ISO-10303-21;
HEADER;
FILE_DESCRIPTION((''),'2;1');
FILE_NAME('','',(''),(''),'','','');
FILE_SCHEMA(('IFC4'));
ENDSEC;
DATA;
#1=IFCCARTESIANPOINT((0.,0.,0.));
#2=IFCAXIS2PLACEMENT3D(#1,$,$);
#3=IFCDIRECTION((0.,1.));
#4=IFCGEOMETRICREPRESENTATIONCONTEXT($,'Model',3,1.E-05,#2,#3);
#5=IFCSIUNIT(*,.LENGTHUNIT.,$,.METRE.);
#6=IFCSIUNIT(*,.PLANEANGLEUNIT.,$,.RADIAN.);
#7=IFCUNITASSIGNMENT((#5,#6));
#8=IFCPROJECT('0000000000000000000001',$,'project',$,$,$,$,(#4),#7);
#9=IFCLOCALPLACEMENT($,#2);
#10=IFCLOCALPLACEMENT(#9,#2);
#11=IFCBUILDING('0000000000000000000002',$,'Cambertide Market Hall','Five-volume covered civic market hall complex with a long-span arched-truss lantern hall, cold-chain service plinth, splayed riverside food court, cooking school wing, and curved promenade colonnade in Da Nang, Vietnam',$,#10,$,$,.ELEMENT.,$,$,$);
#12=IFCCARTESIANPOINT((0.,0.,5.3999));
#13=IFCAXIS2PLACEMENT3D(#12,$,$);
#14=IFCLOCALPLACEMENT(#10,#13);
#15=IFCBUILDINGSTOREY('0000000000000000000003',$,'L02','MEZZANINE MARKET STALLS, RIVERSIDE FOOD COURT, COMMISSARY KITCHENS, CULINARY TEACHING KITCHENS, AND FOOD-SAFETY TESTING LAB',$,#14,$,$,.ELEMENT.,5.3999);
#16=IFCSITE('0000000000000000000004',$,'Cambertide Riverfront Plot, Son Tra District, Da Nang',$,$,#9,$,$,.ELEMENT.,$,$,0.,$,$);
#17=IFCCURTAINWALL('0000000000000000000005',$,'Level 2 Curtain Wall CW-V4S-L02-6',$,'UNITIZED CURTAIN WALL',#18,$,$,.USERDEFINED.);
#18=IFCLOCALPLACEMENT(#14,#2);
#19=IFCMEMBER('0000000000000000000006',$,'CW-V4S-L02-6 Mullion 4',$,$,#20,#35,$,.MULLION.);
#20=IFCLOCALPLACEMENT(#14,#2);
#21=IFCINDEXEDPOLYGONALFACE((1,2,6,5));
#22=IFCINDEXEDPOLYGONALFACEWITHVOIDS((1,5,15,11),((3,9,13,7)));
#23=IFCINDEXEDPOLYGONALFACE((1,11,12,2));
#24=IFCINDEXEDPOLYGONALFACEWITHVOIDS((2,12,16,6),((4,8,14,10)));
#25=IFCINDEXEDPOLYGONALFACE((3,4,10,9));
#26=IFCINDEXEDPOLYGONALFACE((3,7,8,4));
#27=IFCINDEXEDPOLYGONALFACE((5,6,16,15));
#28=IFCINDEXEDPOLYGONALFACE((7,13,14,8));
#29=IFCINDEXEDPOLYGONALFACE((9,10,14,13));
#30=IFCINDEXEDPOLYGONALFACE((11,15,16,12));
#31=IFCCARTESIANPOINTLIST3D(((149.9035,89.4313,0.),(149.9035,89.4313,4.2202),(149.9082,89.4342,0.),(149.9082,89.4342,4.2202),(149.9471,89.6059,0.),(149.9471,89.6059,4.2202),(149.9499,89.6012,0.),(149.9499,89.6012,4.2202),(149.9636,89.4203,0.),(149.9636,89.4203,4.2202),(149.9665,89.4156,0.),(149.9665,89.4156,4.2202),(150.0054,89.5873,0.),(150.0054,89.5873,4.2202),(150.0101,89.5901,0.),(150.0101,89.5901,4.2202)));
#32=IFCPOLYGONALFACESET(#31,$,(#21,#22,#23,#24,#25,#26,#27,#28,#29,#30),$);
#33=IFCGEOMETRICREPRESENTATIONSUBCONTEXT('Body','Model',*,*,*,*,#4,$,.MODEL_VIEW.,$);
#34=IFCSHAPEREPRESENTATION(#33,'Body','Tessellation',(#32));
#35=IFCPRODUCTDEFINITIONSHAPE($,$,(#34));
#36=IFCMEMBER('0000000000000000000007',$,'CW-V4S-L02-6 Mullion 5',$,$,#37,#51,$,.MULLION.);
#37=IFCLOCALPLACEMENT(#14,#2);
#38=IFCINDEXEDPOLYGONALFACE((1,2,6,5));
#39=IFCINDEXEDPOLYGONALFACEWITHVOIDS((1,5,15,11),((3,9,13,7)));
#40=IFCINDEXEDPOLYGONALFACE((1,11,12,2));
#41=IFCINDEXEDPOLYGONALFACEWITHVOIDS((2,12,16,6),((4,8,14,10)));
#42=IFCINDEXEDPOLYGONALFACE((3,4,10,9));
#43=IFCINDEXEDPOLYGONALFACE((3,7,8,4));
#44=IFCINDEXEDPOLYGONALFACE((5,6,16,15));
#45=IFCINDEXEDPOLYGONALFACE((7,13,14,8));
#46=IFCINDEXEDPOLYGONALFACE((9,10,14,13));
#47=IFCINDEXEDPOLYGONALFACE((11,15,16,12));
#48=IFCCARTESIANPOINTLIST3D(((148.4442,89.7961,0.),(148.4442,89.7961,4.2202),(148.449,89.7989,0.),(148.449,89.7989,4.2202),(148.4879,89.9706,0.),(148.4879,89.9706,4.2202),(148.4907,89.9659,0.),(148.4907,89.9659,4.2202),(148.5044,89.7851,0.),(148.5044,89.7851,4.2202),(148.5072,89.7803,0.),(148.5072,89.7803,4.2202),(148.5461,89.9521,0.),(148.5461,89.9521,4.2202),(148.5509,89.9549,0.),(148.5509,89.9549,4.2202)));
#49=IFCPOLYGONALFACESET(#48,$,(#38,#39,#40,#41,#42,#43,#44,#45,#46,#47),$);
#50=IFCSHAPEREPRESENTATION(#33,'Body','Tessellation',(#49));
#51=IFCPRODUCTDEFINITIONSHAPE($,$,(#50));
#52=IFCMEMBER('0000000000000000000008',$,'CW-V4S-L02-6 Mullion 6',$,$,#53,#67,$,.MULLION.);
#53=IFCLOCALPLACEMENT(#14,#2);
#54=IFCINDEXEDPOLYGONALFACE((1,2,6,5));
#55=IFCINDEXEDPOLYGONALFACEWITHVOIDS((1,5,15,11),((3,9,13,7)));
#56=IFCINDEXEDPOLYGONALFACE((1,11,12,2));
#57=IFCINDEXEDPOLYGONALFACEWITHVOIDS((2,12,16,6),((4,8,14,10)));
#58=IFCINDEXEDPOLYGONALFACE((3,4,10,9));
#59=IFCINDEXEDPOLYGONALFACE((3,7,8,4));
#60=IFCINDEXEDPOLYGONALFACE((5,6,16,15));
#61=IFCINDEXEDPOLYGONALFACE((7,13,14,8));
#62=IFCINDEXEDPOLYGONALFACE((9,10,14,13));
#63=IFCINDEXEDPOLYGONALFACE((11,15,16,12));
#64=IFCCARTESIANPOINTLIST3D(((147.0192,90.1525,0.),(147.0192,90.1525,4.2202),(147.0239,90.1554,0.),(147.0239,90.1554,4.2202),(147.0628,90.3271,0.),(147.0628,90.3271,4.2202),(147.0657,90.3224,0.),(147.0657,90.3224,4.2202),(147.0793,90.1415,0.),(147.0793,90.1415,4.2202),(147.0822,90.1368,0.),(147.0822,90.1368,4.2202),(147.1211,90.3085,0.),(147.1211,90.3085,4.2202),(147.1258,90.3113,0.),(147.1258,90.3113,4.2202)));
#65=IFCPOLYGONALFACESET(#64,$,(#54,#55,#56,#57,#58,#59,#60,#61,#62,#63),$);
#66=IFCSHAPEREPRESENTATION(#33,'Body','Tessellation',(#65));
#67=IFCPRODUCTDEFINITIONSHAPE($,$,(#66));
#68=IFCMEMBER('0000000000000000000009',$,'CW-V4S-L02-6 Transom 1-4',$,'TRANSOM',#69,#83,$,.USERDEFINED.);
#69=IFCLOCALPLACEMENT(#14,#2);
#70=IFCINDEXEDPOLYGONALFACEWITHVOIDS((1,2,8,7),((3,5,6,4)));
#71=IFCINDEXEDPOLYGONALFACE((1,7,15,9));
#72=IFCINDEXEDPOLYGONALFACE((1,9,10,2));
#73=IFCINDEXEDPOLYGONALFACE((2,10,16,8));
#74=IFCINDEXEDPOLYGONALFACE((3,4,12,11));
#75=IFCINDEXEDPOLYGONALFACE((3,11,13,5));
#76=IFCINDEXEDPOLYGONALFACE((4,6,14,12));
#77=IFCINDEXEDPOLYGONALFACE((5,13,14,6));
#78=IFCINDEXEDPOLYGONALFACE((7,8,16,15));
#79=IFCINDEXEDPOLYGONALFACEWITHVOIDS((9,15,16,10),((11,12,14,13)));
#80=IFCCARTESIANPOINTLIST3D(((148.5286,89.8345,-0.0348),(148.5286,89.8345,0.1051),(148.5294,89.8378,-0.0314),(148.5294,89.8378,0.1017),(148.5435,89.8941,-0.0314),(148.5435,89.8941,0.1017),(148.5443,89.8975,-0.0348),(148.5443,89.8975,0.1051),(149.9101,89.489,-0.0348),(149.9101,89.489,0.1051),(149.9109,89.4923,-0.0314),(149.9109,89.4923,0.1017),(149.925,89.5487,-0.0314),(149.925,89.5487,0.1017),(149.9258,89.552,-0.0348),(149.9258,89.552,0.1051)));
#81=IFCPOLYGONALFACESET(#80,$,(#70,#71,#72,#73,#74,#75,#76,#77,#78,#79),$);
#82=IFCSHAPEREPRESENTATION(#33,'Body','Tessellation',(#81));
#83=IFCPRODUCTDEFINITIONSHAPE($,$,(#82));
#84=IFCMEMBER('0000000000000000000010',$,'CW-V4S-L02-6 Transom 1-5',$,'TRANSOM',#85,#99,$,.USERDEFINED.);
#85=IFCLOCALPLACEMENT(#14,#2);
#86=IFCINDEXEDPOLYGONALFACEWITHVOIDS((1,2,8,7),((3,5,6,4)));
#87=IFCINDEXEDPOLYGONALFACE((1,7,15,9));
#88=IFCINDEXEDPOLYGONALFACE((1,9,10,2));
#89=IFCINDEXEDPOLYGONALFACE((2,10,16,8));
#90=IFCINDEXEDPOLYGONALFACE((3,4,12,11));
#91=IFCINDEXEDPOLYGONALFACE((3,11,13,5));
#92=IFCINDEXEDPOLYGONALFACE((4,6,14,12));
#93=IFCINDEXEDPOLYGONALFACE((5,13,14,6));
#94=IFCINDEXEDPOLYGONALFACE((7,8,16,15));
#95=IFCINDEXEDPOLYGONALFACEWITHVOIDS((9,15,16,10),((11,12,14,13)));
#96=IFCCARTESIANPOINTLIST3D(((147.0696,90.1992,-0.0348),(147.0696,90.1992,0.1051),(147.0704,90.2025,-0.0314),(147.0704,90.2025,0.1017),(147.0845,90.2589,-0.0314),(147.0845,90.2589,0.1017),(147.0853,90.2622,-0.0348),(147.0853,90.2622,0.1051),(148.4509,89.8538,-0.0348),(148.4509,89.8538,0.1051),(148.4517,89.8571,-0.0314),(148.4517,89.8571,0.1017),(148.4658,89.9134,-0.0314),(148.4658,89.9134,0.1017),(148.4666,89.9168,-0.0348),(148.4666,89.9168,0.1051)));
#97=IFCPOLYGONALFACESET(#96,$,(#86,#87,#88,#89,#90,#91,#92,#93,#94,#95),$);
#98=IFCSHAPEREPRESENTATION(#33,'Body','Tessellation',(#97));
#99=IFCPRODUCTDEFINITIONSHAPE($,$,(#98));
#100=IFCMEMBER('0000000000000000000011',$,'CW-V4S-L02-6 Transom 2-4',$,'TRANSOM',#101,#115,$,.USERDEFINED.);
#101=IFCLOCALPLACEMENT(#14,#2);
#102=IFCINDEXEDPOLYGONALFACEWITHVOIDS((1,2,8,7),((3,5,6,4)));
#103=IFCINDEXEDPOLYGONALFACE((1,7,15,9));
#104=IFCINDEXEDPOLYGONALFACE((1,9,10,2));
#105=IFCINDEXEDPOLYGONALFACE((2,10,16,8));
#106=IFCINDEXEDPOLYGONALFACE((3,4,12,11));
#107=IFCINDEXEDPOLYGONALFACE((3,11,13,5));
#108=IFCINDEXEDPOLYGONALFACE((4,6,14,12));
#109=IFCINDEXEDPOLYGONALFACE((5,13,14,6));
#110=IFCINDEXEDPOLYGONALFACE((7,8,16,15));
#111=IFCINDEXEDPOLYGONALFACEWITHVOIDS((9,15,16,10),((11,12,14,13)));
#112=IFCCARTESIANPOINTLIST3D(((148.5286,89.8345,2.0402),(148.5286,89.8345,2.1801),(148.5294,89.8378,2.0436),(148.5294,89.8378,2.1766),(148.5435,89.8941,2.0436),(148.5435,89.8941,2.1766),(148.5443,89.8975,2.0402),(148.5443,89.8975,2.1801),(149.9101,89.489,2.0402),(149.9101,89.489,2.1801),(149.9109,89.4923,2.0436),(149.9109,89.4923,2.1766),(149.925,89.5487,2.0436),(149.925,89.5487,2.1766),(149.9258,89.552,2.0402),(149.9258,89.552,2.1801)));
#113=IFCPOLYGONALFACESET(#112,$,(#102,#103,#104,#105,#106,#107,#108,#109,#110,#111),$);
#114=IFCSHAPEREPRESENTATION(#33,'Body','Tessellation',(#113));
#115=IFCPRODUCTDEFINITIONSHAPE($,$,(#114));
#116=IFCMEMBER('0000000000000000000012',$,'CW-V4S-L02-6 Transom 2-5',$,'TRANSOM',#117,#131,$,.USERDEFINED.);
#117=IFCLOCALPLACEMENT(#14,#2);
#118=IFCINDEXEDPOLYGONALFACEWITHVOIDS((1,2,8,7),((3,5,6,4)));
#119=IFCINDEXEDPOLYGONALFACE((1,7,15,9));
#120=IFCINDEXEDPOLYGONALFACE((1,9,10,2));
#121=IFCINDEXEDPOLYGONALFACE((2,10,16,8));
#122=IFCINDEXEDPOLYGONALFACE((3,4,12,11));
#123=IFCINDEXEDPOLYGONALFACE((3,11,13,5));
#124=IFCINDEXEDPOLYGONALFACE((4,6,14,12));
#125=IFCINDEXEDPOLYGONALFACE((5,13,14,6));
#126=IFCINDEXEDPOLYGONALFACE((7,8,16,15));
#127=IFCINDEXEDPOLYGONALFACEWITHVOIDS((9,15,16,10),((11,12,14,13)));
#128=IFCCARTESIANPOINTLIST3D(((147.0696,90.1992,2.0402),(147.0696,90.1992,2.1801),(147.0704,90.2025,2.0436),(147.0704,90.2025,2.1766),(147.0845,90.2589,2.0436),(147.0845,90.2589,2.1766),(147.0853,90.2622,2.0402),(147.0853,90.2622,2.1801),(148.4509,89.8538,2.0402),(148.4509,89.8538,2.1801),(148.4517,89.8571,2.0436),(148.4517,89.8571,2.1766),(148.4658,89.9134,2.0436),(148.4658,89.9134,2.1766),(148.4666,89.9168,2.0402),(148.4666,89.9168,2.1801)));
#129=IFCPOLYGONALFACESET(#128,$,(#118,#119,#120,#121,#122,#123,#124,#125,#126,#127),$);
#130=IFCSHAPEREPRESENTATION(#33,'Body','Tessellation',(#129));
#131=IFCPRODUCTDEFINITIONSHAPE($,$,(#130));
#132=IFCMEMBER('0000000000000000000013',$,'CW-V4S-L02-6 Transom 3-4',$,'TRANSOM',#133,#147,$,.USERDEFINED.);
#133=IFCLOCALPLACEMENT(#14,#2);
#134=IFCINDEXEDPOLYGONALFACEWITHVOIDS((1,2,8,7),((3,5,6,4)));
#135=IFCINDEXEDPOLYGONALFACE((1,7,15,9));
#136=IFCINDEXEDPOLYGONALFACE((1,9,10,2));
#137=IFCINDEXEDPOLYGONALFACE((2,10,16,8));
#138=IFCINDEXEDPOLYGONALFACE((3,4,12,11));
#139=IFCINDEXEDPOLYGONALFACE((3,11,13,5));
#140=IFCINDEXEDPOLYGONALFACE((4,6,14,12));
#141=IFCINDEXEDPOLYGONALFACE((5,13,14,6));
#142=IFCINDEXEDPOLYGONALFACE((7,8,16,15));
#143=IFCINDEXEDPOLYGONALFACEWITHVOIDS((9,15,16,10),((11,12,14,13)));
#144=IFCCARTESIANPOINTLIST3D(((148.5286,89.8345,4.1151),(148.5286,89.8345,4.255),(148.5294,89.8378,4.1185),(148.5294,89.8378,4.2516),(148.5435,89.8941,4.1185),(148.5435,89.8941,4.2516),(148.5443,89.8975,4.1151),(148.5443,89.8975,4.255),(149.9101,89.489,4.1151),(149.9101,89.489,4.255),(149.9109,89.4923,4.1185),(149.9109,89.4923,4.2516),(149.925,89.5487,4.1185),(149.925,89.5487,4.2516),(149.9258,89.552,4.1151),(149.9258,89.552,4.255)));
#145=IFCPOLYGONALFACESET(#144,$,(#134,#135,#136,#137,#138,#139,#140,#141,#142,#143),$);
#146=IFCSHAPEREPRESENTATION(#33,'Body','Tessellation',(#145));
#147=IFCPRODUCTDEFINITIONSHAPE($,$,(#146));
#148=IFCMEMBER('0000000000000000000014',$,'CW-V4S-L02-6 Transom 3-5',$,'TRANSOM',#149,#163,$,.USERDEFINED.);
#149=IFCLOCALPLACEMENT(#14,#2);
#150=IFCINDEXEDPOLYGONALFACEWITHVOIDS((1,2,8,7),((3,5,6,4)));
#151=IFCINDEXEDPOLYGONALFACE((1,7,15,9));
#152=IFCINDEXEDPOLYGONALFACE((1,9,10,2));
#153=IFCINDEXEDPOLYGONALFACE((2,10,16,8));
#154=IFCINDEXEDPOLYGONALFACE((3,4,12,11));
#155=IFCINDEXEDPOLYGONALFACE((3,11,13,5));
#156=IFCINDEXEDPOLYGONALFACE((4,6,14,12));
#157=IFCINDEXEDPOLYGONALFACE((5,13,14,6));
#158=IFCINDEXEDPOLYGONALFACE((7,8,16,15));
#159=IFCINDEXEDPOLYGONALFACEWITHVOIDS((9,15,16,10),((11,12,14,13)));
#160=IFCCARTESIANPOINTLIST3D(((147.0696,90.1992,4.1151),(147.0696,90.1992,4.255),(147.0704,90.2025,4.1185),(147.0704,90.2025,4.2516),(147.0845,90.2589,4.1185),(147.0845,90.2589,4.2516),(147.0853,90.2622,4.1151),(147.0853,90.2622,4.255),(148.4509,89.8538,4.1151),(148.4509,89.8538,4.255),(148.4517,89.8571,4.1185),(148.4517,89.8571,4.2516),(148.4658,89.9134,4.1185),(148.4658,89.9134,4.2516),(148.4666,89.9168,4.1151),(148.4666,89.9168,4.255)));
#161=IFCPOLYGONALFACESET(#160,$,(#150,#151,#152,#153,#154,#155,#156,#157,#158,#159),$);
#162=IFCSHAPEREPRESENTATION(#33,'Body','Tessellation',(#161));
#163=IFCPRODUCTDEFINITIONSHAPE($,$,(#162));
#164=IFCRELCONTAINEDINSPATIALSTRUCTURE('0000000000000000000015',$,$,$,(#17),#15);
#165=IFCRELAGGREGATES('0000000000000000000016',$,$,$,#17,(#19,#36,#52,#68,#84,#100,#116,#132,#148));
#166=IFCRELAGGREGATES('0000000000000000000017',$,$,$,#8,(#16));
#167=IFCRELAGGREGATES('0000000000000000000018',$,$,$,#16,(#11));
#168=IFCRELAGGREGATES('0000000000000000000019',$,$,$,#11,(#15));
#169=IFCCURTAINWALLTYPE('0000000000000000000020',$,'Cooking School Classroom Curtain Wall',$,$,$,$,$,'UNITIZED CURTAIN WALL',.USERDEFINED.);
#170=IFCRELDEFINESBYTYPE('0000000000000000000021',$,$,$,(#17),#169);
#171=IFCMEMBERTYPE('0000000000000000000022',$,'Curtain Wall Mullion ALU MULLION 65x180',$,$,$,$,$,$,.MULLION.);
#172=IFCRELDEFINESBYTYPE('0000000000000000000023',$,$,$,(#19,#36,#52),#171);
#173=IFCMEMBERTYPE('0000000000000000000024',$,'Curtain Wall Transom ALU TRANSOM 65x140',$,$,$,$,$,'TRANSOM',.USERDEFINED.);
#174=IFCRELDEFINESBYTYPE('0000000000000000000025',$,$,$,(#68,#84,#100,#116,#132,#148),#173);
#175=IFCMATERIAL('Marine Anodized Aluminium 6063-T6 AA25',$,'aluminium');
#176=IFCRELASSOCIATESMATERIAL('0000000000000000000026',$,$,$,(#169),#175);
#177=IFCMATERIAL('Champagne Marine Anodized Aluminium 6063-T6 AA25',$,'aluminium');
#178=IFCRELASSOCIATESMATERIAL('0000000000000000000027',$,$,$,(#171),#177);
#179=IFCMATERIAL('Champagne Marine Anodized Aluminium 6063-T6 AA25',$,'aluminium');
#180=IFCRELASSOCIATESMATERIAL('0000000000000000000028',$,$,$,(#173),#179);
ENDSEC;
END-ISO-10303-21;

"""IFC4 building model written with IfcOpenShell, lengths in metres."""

from ifc_helpers import new_model, si_unit, direction, frame, origin, origin_2d, place, context, subcontext, project, spatial, hollow_rectangle, extrude, material, material_profile, profile_set, type_object, element, aggregate, save


model = new_model("IFC4")

# Units and contexts
model_context = context("Model", 3, precision=1e-05, world=origin(), true_north=direction((0.0, 1.0)))
body_context = subcontext(model_context, "Body", "Model", "MODEL_VIEW")
ifc_project = project(units=[si_unit("LENGTHUNIT", "METRE"), si_unit("PLANEANGLEUNIT", "RADIAN")], contexts=[model_context])

# Site, building, storey
site_placement = place(None, origin())
site = spatial("IfcSite", under=ifc_project, at=site_placement, Name="Cambertide Riverfront Plot, Son Tra District, Da Nang", CompositionType="ELEMENT", RefElevation=0.0)
building_placement = place(site_placement, origin())
building = spatial("IfcBuilding", under=site, at=building_placement, Name="Cambertide Market Hall", Description="Five-volume covered civic market hall complex with a long-span arched-truss lantern hall, cold-chain service plinth, splayed riverside food court, cooking school wing, and curved promenade colonnade in Da Nang, Vietnam", CompositionType="ELEMENT")
storey_placement = place(building_placement, frame((0.0, 0.0, 5.3999)))
storey = spatial("IfcBuildingStorey", under=building, at=storey_placement, Name="L02", Description="MEZZANINE MARKET STALLS, RIVERSIDE FOOD COURT, COMMISSARY KITCHENS, CULINARY TEACHING KITCHENS, AND FOOD-SAFETY TESTING LAB", CompositionType="ELEMENT", Elevation=5.3999)

# Curtain wall, members
ifc_material_1 = material(Name="Marine Anodized Aluminium 6063-T6 AA25", Category="aluminium")
curtain_wall_type = type_object("IfcCurtainWallType", Name="Cooking School Classroom Curtain Wall", ElementType="UNITIZED CURTAIN WALL", PredefinedType="USERDEFINED", material=ifc_material_1)
curtain_wall_placement = place(storey_placement, origin())
curtain_wall = element("IfcCurtainWall", 1, at=curtain_wall_placement, inside=storey, type_object=curtain_wall_type, Name="Level 2 Curtain Wall CW-V4S-L02-6", ObjectType="UNITIZED CURTAIN WALL", PredefinedType="USERDEFINED")
ifc_material_2 = material(Name="Champagne Marine Anodized Aluminium 6063-T6 AA25", Category="aluminium")
ifc_material_profile_1 = material_profile(ifc_material_2, hollow_rectangle(XDim=0.0649, YDim=0.1799, WallThickness=0.0039, at=origin_2d()), Name="ALU MULLION 65x180")
ifc_profile_set_1 = profile_set([ifc_material_profile_1], Name="Champagne Marine Anodized Aluminium 6063-T6 AA25")
member_type_1 = type_object("IfcMemberType", Name="Curtain Wall Mullion ALU MULLION 65x180", PredefinedType="MULLION", material=ifc_profile_set_1)
member_1_placement = place(storey_placement, frame((149.9568, 89.5107, 0.0), z_axis=(0.0, 0.0, 1.0), x_axis=(-0.970143, 0.242535, 0.0)))
member_1 = element("IfcMember", 2, at=member_1_placement, type_object=member_type_1, Name="CW-V4S-L02-6 Mullion 4", PredefinedType="MULLION", context=body_context, shape_type="SweptSolid", body=[
    extrude(hollow_rectangle(XDim=0.0649, YDim=0.1799, WallThickness=0.0039, at=origin_2d()), origin(), (0.0, 0.0, 1.0), 4.2202),
])
member_2_placement = place(storey_placement, frame((148.4976, 89.8755, 0.0), z_axis=(0.0, 0.0, 1.0), x_axis=(-0.970143, 0.242535, 0.0)))
member_2 = element("IfcMember", 3, at=member_2_placement, type_object=member_type_1, Name="CW-V4S-L02-6 Mullion 5", PredefinedType="MULLION", context=body_context, shape_type="SweptSolid", body=[
    extrude(hollow_rectangle(XDim=0.0649, YDim=0.1799, WallThickness=0.0039, at=origin_2d()), origin(), (0.0, 0.0, 1.0), 4.2202),
])
member_3_placement = place(storey_placement, frame((147.0725, 90.2319, 0.0), z_axis=(0.0, 0.0, 1.0), x_axis=(-0.970143, 0.242535, 0.0)))
member_3 = element("IfcMember", 4, at=member_3_placement, type_object=member_type_1, Name="CW-V4S-L02-6 Mullion 6", PredefinedType="MULLION", context=body_context, shape_type="SweptSolid", body=[
    extrude(hollow_rectangle(XDim=0.0649, YDim=0.1799, WallThickness=0.0039, at=origin_2d()), origin(), (0.0, 0.0, 1.0), 4.2202),
])
ifc_material_3 = material(Name="Champagne Marine Anodized Aluminium 6063-T6 AA25", Category="aluminium")
ifc_material_profile_2 = material_profile(ifc_material_3, hollow_rectangle(XDim=0.0649, YDim=0.1399, WallThickness=0.0034, at=origin_2d()), Name="ALU TRANSOM 65x140")
ifc_profile_set_2 = profile_set([ifc_material_profile_2], Name="Champagne Marine Anodized Aluminium 6063-T6 AA25")
member_type_2 = type_object("IfcMemberType", Name="Curtain Wall Transom ALU TRANSOM 65x140", ElementType="TRANSOM", PredefinedType="USERDEFINED", material=ifc_profile_set_2)
member_4_placement = place(storey_placement, frame((149.918, 89.5205, 0.0352), z_axis=(-0.970132, 0.242576, 0.0), x_axis=(-0.242576, -0.970132, 0.0)))
member_4 = element("IfcMember", 5, at=member_4_placement, type_object=member_type_2, Name="CW-V4S-L02-6 Transom 1-4", ObjectType="TRANSOM", PredefinedType="USERDEFINED", context=body_context, shape_type="SweptSolid", body=[
    extrude(hollow_rectangle(XDim=0.0649, YDim=0.1399, WallThickness=0.0034, at=origin_2d()), origin(), (0.0, 0.0, 1.0), 1.4241),
])
member_5_placement = place(storey_placement, frame((148.4587, 89.8853, 0.0352), z_axis=(-0.970122, 0.242616, 0.0), x_axis=(-0.242616, -0.970122, 0.0)))
member_5 = element("IfcMember", 6, at=member_5_placement, type_object=member_type_2, Name="CW-V4S-L02-6 Transom 1-5", ObjectType="TRANSOM", PredefinedType="USERDEFINED", context=body_context, shape_type="SweptSolid", body=[
    extrude(hollow_rectangle(XDim=0.0649, YDim=0.1399, WallThickness=0.0034, at=origin_2d()), origin(), (0.0, 0.0, 1.0), 1.4238),
])
member_6_placement = place(storey_placement, frame((149.918, 89.5205, 2.1101), z_axis=(-0.970132, 0.242576, 0.0), x_axis=(-0.242576, -0.970132, 0.0)))
member_6 = element("IfcMember", 7, at=member_6_placement, type_object=member_type_2, Name="CW-V4S-L02-6 Transom 2-4", ObjectType="TRANSOM", PredefinedType="USERDEFINED", context=body_context, shape_type="SweptSolid", body=[
    extrude(hollow_rectangle(XDim=0.0649, YDim=0.1399, WallThickness=0.0034, at=origin_2d()), origin(), (0.0, 0.0, 1.0), 1.4241),
])
member_7_placement = place(storey_placement, frame((148.4587, 89.8853, 2.1101), z_axis=(-0.970122, 0.242616, 0.0), x_axis=(-0.242616, -0.970122, 0.0)))
member_7 = element("IfcMember", 8, at=member_7_placement, type_object=member_type_2, Name="CW-V4S-L02-6 Transom 2-5", ObjectType="TRANSOM", PredefinedType="USERDEFINED", context=body_context, shape_type="SweptSolid", body=[
    extrude(hollow_rectangle(XDim=0.0649, YDim=0.1399, WallThickness=0.0034, at=origin_2d()), origin(), (0.0, 0.0, 1.0), 1.4238),
])
member_8_placement = place(storey_placement, frame((149.918, 89.5205, 4.1851), z_axis=(-0.970132, 0.242576, 0.0), x_axis=(-0.242576, -0.970132, 0.0)))
member_8 = element("IfcMember", 9, at=member_8_placement, type_object=member_type_2, Name="CW-V4S-L02-6 Transom 3-4", ObjectType="TRANSOM", PredefinedType="USERDEFINED", context=body_context, shape_type="SweptSolid", body=[
    extrude(hollow_rectangle(XDim=0.0649, YDim=0.1399, WallThickness=0.0034, at=origin_2d()), origin(), (0.0, 0.0, 1.0), 1.4241),
])
member_9_placement = place(storey_placement, frame((148.4587, 89.8853, 4.1851), z_axis=(-0.970122, 0.242616, 0.0), x_axis=(-0.242616, -0.970122, 0.0)))
member_9 = element("IfcMember", 10, at=member_9_placement, type_object=member_type_2, Name="CW-V4S-L02-6 Transom 3-5", ObjectType="TRANSOM", PredefinedType="USERDEFINED", context=body_context, shape_type="SweptSolid", body=[
    extrude(hollow_rectangle(XDim=0.0649, YDim=0.1399, WallThickness=0.0034, at=origin_2d()), origin(), (0.0, 0.0, 1.0), 1.4238),
])

aggregate(curtain_wall, [member_1, member_2, member_3, member_4, member_5, member_6, member_7, member_8, member_9])

save(model, "model.ifc")
